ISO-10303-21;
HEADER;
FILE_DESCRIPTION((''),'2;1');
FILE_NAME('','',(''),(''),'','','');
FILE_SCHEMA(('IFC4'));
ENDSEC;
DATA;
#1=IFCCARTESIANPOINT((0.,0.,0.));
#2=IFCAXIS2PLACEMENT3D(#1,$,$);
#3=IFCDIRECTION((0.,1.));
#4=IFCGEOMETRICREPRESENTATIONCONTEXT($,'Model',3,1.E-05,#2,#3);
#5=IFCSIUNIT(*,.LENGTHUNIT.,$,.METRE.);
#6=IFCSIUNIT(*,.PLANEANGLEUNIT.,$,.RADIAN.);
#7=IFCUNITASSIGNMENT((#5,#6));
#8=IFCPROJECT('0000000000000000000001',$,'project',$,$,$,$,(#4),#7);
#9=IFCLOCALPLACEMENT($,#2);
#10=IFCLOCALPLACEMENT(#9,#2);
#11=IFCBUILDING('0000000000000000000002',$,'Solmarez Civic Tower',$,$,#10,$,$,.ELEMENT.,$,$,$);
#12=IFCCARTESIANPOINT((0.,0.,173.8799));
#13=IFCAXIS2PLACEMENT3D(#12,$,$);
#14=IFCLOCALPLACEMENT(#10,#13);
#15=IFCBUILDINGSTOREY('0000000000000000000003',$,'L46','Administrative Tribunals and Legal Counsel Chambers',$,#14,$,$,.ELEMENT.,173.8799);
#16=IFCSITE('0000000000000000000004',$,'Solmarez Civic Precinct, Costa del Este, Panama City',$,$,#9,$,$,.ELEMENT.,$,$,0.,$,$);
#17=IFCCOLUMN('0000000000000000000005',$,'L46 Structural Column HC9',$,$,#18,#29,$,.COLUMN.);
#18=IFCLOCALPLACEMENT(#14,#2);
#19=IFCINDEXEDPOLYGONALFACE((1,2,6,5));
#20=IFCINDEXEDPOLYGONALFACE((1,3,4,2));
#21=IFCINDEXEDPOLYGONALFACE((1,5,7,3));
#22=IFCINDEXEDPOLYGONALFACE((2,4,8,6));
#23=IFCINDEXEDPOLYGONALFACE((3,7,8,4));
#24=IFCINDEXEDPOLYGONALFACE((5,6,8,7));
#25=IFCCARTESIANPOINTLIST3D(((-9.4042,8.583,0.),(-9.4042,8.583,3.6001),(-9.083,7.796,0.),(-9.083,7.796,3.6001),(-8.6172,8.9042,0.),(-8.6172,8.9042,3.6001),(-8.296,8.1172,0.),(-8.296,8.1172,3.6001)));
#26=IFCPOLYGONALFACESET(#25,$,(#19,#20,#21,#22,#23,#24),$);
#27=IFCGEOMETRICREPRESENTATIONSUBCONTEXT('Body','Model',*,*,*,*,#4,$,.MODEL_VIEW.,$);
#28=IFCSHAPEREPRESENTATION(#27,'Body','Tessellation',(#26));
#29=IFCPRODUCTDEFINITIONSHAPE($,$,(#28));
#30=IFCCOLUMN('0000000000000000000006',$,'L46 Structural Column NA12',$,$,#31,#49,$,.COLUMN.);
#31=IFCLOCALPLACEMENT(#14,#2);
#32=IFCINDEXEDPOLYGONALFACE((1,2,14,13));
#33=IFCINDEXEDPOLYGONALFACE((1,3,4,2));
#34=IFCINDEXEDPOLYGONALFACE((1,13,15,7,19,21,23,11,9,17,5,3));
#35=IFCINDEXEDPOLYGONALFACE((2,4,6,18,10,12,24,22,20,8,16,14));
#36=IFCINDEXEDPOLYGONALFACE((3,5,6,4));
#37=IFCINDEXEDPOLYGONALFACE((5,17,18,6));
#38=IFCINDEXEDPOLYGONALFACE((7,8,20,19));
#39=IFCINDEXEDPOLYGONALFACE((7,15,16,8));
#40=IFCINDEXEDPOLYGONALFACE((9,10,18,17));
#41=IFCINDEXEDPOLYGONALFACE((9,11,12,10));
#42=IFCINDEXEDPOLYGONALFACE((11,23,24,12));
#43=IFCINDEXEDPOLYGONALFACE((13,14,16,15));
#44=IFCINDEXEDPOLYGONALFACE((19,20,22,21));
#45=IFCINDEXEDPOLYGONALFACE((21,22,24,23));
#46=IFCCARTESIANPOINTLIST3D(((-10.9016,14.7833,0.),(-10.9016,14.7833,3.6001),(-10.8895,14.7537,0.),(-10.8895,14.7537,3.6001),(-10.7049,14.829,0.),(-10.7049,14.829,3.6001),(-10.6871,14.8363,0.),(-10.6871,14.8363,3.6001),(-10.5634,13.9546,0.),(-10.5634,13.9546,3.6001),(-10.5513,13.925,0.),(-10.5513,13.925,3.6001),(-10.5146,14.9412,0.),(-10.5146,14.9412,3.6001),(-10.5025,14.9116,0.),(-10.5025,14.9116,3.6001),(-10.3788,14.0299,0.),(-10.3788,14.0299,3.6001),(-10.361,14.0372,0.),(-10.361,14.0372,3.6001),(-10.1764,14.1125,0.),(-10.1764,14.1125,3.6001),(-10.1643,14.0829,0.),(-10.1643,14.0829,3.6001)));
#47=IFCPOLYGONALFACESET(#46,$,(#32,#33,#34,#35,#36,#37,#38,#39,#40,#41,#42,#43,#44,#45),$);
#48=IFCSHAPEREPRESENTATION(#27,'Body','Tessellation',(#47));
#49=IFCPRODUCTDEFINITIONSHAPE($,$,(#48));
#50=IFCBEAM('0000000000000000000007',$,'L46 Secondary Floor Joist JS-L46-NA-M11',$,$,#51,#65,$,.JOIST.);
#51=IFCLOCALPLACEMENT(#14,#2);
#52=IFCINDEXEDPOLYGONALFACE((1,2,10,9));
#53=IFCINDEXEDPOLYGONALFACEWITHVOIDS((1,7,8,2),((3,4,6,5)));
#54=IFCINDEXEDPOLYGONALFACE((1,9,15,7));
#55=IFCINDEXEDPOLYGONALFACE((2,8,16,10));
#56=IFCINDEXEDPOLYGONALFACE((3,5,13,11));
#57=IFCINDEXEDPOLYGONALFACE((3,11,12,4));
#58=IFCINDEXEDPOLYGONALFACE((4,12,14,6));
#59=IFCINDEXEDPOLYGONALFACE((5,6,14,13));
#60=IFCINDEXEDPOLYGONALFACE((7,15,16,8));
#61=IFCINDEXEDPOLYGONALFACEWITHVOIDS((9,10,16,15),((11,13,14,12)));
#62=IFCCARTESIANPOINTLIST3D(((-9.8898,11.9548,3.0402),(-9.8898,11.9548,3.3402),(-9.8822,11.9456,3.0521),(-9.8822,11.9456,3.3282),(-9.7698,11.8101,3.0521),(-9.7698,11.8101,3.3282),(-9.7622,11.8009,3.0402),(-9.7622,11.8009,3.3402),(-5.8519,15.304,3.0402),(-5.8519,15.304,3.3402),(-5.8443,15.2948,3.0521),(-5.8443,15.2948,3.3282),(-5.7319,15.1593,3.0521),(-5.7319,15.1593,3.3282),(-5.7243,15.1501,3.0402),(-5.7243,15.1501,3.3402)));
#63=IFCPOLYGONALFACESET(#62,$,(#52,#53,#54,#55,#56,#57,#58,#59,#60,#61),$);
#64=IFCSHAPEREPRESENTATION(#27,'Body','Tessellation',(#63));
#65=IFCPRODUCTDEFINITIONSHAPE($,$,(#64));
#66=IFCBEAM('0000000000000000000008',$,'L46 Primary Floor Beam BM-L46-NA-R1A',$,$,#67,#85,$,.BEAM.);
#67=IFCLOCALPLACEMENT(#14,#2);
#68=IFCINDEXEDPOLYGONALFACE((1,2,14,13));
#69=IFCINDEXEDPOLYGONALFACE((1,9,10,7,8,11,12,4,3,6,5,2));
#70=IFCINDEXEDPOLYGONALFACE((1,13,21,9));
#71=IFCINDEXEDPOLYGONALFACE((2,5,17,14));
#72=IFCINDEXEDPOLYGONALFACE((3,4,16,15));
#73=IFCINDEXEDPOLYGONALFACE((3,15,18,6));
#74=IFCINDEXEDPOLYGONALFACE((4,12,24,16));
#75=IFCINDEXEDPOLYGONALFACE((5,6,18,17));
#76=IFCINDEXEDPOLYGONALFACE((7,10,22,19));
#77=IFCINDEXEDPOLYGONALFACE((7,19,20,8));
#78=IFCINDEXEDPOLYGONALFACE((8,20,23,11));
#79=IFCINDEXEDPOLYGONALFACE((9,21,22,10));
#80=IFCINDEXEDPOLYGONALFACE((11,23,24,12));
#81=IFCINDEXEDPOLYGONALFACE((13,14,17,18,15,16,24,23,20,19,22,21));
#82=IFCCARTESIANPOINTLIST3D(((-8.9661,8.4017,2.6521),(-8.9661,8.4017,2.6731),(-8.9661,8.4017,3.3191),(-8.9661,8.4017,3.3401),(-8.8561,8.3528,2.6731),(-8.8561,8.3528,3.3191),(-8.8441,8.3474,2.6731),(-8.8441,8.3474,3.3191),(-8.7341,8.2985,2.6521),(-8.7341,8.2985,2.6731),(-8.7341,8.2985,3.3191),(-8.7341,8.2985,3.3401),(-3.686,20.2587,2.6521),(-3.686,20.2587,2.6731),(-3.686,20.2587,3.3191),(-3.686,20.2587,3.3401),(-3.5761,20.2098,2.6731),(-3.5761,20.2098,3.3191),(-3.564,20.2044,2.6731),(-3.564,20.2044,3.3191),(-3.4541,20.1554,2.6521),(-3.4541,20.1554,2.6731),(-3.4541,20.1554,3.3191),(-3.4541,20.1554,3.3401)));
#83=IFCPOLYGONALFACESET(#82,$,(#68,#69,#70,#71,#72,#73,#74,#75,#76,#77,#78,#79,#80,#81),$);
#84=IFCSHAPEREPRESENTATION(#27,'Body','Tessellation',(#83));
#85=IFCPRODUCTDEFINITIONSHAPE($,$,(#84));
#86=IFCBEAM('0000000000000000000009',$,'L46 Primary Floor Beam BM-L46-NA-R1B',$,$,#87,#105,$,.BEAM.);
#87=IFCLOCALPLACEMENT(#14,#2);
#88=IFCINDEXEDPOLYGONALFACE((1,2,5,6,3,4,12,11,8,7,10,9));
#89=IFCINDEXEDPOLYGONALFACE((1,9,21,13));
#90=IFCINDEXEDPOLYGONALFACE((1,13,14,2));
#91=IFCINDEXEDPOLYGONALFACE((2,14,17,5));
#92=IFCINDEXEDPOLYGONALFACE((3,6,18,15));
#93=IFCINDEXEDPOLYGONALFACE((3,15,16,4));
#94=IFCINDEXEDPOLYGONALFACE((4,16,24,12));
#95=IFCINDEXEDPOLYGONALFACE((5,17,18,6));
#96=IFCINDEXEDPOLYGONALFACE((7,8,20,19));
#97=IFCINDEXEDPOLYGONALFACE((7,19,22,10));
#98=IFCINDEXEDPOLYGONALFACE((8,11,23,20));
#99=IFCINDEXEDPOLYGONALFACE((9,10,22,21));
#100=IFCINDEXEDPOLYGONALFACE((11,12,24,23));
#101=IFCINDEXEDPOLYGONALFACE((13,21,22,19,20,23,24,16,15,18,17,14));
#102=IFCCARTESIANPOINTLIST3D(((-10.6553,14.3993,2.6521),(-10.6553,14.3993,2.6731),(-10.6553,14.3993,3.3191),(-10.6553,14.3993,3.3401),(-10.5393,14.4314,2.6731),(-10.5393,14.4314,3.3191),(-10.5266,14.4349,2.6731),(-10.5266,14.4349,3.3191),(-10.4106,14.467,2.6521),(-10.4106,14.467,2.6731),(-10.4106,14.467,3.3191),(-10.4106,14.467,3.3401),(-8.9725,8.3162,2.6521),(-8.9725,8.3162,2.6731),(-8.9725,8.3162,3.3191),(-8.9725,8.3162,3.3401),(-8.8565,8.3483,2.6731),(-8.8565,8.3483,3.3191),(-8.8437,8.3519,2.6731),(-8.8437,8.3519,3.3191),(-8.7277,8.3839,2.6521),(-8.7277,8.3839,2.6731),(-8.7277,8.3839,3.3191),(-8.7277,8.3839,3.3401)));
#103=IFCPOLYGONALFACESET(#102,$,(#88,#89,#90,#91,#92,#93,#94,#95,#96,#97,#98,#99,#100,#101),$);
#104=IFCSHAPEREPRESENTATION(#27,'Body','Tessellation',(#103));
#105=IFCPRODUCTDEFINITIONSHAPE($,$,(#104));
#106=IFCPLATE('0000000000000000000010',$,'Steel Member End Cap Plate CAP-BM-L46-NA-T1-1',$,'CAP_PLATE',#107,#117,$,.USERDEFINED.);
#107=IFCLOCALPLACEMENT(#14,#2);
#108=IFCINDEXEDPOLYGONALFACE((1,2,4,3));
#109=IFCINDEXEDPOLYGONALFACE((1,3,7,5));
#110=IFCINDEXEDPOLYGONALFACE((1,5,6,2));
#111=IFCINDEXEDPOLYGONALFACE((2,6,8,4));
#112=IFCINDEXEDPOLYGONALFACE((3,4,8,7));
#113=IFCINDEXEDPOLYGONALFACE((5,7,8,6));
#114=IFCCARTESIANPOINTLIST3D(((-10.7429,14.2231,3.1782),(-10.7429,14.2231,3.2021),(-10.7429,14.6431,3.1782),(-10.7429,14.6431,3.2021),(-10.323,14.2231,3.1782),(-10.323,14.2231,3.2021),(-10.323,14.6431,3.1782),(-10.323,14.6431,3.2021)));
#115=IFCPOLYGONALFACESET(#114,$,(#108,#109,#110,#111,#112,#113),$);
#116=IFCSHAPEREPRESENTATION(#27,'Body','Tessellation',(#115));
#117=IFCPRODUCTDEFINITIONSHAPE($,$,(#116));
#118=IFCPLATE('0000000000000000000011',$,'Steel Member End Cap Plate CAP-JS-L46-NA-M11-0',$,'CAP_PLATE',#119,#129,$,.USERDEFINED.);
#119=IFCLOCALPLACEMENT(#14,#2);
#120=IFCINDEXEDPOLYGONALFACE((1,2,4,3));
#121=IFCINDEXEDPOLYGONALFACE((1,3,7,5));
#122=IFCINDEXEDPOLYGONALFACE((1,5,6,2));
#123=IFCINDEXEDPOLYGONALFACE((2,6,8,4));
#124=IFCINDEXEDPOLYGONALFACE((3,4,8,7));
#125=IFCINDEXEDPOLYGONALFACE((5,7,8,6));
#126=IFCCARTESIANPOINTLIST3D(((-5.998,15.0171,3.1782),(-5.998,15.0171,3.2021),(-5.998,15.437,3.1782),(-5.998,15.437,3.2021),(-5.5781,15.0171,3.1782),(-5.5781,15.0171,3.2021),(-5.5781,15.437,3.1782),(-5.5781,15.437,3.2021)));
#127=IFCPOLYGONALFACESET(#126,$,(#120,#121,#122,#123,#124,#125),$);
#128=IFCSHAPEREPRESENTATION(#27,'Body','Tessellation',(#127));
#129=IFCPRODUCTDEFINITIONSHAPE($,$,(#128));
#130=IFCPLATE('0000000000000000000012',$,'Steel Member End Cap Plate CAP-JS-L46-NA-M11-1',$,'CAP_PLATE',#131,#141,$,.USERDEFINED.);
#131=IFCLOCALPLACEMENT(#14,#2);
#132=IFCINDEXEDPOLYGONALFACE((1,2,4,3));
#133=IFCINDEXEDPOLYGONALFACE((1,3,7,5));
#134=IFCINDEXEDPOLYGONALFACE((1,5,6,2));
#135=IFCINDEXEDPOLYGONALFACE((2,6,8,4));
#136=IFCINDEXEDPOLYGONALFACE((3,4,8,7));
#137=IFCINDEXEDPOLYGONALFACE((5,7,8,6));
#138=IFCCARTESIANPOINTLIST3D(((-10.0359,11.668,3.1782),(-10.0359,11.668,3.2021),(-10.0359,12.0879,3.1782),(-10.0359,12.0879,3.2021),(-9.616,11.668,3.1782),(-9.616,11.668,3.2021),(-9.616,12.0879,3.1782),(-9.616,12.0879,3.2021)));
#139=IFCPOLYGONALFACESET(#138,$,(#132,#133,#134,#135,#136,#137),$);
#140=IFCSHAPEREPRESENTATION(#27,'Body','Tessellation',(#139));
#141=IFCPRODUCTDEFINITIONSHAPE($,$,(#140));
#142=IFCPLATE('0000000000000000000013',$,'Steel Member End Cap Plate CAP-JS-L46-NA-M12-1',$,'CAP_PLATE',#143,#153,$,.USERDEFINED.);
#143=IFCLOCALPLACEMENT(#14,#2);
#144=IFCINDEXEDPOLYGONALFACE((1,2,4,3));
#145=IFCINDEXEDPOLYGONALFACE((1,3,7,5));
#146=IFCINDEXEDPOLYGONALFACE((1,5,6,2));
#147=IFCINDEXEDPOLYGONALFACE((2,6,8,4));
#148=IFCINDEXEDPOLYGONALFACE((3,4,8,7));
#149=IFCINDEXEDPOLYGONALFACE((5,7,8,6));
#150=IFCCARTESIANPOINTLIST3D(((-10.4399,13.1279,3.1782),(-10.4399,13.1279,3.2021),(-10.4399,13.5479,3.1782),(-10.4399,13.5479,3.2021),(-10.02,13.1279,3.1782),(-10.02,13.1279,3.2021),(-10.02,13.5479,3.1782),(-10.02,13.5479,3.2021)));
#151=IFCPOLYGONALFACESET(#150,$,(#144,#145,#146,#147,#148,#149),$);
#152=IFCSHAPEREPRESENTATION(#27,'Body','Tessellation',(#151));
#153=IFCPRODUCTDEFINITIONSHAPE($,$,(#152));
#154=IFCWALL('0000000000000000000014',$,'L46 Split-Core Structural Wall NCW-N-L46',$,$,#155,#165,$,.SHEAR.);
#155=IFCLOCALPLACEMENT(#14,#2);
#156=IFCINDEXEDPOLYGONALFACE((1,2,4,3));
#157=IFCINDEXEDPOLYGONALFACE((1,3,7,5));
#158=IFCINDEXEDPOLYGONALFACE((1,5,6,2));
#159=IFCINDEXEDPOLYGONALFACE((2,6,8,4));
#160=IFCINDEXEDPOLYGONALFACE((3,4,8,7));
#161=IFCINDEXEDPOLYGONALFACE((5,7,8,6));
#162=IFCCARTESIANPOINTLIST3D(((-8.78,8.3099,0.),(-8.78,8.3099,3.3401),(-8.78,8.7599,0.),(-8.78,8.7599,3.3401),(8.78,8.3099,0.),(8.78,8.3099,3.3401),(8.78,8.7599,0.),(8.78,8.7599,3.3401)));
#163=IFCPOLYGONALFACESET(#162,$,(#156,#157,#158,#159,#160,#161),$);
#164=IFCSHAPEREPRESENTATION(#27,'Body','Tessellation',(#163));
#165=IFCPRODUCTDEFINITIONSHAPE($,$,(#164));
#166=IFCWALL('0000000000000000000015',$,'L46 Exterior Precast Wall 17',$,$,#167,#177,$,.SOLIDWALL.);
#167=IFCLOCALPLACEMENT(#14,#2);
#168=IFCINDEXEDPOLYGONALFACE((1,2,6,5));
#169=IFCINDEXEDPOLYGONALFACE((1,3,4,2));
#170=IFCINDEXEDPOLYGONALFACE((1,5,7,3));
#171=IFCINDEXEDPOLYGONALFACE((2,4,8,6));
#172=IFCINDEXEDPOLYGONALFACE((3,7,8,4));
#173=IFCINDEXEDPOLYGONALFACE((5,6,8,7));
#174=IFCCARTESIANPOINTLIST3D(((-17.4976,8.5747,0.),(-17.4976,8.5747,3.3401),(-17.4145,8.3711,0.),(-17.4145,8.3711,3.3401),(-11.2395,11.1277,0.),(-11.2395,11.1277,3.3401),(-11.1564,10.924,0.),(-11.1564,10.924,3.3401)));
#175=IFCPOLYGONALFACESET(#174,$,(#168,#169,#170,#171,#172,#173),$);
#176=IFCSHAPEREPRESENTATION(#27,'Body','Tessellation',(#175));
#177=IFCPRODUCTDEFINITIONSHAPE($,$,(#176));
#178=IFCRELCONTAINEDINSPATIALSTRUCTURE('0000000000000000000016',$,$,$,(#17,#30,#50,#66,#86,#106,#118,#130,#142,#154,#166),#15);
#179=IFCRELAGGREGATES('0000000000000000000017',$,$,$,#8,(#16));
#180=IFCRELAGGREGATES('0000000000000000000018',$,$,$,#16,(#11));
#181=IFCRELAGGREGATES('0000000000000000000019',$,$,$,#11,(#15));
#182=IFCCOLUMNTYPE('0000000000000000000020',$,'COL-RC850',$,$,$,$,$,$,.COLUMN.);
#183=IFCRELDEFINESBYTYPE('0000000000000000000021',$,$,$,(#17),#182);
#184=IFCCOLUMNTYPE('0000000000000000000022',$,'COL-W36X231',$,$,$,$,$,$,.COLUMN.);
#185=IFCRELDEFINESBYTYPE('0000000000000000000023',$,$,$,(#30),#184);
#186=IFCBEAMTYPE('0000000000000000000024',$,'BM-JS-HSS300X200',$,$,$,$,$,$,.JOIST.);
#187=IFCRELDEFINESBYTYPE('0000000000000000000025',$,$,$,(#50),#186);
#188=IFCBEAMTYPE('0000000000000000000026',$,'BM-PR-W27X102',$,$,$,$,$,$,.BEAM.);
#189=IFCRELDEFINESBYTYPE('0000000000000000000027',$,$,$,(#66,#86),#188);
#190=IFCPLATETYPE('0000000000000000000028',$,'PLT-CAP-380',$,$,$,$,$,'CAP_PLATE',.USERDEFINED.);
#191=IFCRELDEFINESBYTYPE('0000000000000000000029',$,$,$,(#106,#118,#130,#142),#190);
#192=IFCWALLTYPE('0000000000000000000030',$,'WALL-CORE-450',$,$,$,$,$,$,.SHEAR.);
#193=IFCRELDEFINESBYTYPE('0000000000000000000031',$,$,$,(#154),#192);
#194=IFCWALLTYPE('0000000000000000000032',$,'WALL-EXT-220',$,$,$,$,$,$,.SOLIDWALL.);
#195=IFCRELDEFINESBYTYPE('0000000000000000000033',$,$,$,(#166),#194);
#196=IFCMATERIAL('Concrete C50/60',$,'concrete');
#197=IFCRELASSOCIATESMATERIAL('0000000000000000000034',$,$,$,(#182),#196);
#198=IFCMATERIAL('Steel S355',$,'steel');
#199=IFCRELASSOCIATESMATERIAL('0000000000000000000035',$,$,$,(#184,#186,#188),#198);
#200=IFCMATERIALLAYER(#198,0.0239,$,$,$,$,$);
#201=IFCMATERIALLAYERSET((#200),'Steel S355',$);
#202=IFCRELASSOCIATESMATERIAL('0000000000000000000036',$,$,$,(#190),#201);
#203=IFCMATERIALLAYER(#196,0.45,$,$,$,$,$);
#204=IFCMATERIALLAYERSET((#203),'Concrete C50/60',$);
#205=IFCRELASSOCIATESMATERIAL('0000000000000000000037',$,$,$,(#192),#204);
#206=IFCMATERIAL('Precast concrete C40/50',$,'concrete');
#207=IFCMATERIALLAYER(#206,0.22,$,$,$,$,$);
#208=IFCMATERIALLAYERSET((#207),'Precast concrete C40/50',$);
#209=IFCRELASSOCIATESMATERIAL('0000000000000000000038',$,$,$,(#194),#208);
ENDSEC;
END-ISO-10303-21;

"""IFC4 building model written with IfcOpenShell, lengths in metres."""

from ifc_helpers import new_model, si_unit, direction, frame, frame_2d, origin, origin_2d, place, context, subcontext, project, spatial, rectangle, hollow_rectangle, i_section, extrude, material, layer, layer_set, material_profile, profile_set, type_object, element, save


model = new_model("IFC4")

# Units and contexts
model_context = context("Model", 3, precision=1e-05, world=origin(), true_north=direction((0.0, 1.0)))
body_context = subcontext(model_context, "Body", "Model", "MODEL_VIEW")
ifc_project = project(units=[si_unit("LENGTHUNIT", "METRE"), si_unit("PLANEANGLEUNIT", "RADIAN")], contexts=[model_context])

# Site, building, storey
site_placement = place(None, origin())
site = spatial("IfcSite", under=ifc_project, at=site_placement, Name="Solmarez Civic Precinct, Costa del Este, Panama City", CompositionType="ELEMENT", RefElevation=0.0)
building_placement = place(site_placement, origin())
building = spatial("IfcBuilding", under=site, at=building_placement, Name="Solmarez Civic Tower", CompositionType="ELEMENT")
storey_placement = place(building_placement, frame((0.0, 0.0, 173.8799)))
storey = spatial("IfcBuildingStorey", under=building, at=storey_placement, Name="L46", Description="Administrative Tribunals and Legal Counsel Chambers", CompositionType="ELEMENT", Elevation=173.8799)

# Columns
ifc_material_1 = material(Name="Concrete C50/60", Category="concrete")
ifc_material_profile_1 = material_profile(ifc_material_1, rectangle(XDim=0.8501, YDim=0.8501, at=origin_2d()), Name="RC850X850")
ifc_profile_set_1 = profile_set([ifc_material_profile_1], Name="Concrete C50/60")
column_type_1 = type_object("IfcColumnType", Name="COL-RC850", PredefinedType="COLUMN", material=ifc_profile_set_1)
column_1_placement = place(storey_placement, frame((-8.8501, 8.3501, 0.0), z_axis=(0.0, 0.0, 1.0), x_axis=(0.925871, 0.377841, 0.0)))
element("IfcColumn", 1, at=column_1_placement, inside=storey, type_object=column_type_1, Name="L46 Structural Column HC9", PredefinedType="COLUMN", context=body_context, shape_type="SweptSolid", body=[
    extrude(rectangle(XDim=0.8501, YDim=0.8501, at=origin_2d()), origin(), (0.0, 0.0, 1.0), 3.6001),
])
ifc_material_2 = material(Name="Steel S355", Category="steel")
ifc_material_profile_2 = material_profile(ifc_material_2, i_section(OverallWidth=0.418, OverallDepth=0.927, WebThickness=0.0193, FlangeThickness=0.032, at=origin_2d()), Name="W36X231")
ifc_profile_set_2 = profile_set([ifc_material_profile_2], Name="Steel S355")
column_type_2 = type_object("IfcColumnType", Name="COL-W36X231", PredefinedType="COLUMN", material=ifc_profile_set_2)
column_2_placement = place(storey_placement, frame((-10.533, 14.4331, 0.0), z_axis=(0.0, 0.0, 1.0), x_axis=(0.925871, 0.377841, 0.0)))
element("IfcColumn", 2, at=column_2_placement, inside=storey, type_object=column_type_2, Name="L46 Structural Column NA12", PredefinedType="COLUMN", context=body_context, shape_type="SweptSolid", body=[
    extrude(i_section(OverallWidth=0.418, OverallDepth=0.927, WebThickness=0.0193, FlangeThickness=0.032, at=origin_2d()), origin(), (0.0, 0.0, 1.0), 3.6001),
])

# Beams
ifc_material_profile_3 = material_profile(ifc_material_2, hollow_rectangle(XDim=0.2, YDim=0.3, WallThickness=0.012, at=origin_2d()), Name="HSS300X200X12")
ifc_profile_set_3 = profile_set([ifc_material_profile_3], Name="Steel S355")
beam_type_1 = type_object("IfcBeamType", Name="BM-JS-HSS300X200", PredefinedType="JOIST", material=ifc_profile_set_3)
beam_1_placement = place(storey_placement, frame((-5.7881, 15.2271, 3.1902), z_axis=(-0.769695, -0.638411, 0.0), x_axis=(0.638411, -0.769695, 0.0)))
element("IfcBeam", 3, at=beam_1_placement, inside=storey, type_object=beam_type_1, Name="L46 Secondary Floor Joist JS-L46-NA-M11", PredefinedType="JOIST", context=body_context, shape_type="SweptSolid", body=[
    extrude(hollow_rectangle(XDim=0.2, YDim=0.3, WallThickness=0.012, at=origin_2d()), origin(), (0.0, 0.0, 1.0), 5.2461),
])
ifc_material_profile_4 = material_profile(ifc_material_2, i_section(OverallWidth=0.2539, OverallDepth=0.688, WebThickness=0.0132, FlangeThickness=0.021, at=origin_2d()), Name="W27X102")
ifc_profile_set_4 = profile_set([ifc_material_profile_4], Name="Steel S355")
beam_type_2 = type_object("IfcBeamType", Name="BM-PR-W27X102", PredefinedType="BEAM", material=ifc_profile_set_4)
beam_2_placement = place(storey_placement, frame((-8.8501, 8.3501, 2.9961), z_axis=(0.4068, 0.913517, 0.0), x_axis=(-0.913517, 0.4068, 0.0)))
element("IfcBeam", 4, at=beam_2_placement, inside=storey, type_object=beam_type_2, Name="L46 Primary Floor Beam BM-L46-NA-R1A", PredefinedType="BEAM", context=body_context, shape_type="SweptSolid", body=[
    extrude(i_section(OverallWidth=0.2539, OverallDepth=0.688, WebThickness=0.0132, FlangeThickness=0.021, at=origin_2d()), origin(), (0.0, 0.0, 1.0), 12.9795),
])
beam_3_placement = place(storey_placement, frame((-8.8501, 8.3501, 2.9961), z_axis=(-0.266634, 0.963798, 0.0), x_axis=(-0.963798, -0.266634, 0.0)))
element("IfcBeam", 5, at=beam_3_placement, inside=storey, type_object=beam_type_2, Name="L46 Primary Floor Beam BM-L46-NA-R1B", PredefinedType="BEAM", context=body_context, shape_type="SweptSolid", body=[
    extrude(i_section(OverallWidth=0.2539, OverallDepth=0.688, WebThickness=0.0132, FlangeThickness=0.021, at=origin_2d()), origin(), (0.0, 0.0, 1.0), 6.3115),
])

# Plates
ifc_layer_1 = layer(ifc_material_2, 0.0239)
ifc_layer_set_1 = layer_set([ifc_layer_1], Name="Steel S355")
plate_type = type_object("IfcPlateType", Name="PLT-CAP-380", ElementType="CAP_PLATE", PredefinedType="USERDEFINED", material=ifc_layer_set_1)
for number, where, z_axis, x_axis, name in (
    (6, (-10.533, 14.4331, 3.1782), (0.0, 0.0, 1.0), (1.0, 0.0, 0.0), "Steel Member End Cap Plate CAP-BM-L46-NA-T1-1"),
    (7, (-5.7881, 15.2271, 3.1782), (0.0, 0.0, 1.0), (1.0, 0.0, 0.0), "Steel Member End Cap Plate CAP-JS-L46-NA-M11-0"),
    (8, (-9.8259, 11.8779, 3.1782), (0.0, 0.0, 1.0), (1.0, 0.0, 0.0), "Steel Member End Cap Plate CAP-JS-L46-NA-M11-1"),
    (9, (-10.23, 13.3379, 3.1782), (0.0, 0.0, 1.0), (1.0, 0.0, 0.0), "Steel Member End Cap Plate CAP-JS-L46-NA-M12-1"),
):
    element("IfcPlate", number, at=place(storey_placement, frame(where, z_axis=z_axis, x_axis=x_axis)), inside=storey, type_object=plate_type, Name=name, ObjectType="CAP_PLATE", PredefinedType="USERDEFINED", context=body_context, shape_type="SweptSolid", body=[
        extrude(rectangle(XDim=0.4199, YDim=0.4199, at=origin_2d()), origin(), (0.0, 0.0, 1.0), 0.0239),
    ])

# Walls
ifc_layer_2 = layer(ifc_material_1, 0.45)
ifc_layer_set_2 = layer_set([ifc_layer_2], Name="Concrete C50/60")
wall_type_1 = type_object("IfcWallType", Name="WALL-CORE-450", PredefinedType="SHEAR", material=ifc_layer_set_2)
wall_1_placement = place(storey_placement, frame((-8.78, 8.5349, 0.0), z_axis=(0.0, 0.0, 1.0), x_axis=(1.0, 0.0, 0.0)))
element("IfcWall", 10, at=wall_1_placement, inside=storey, type_object=wall_type_1, Name="L46 Split-Core Structural Wall NCW-N-L46", PredefinedType="SHEAR", context=body_context, shape_type="SweptSolid", body=[
    extrude(rectangle(XDim=17.5601, YDim=0.45, at=frame_2d((8.78, 0.0))), origin(), (0.0, 0.0, 1.0), 3.3401),
])
ifc_material_3 = material(Name="Precast concrete C40/50", Category="concrete")
ifc_layer_3 = layer(ifc_material_3, 0.22)
ifc_layer_set_3 = layer_set([ifc_layer_3], Name="Precast concrete C40/50")
wall_type_2 = type_object("IfcWallType", Name="WALL-EXT-220", PredefinedType="SOLIDWALL", material=ifc_layer_set_3)
wall_2_placement = place(storey_placement, frame((-17.4561, 8.4729, 0.0), z_axis=(0.0, 0.0, 1.0), x_axis=(0.925916, 0.377728, 0.0)))
element("IfcWall", 11, at=wall_2_placement, inside=storey, type_object=wall_type_2, Name="L46 Exterior Precast Wall 17", PredefinedType="SOLIDWALL", context=body_context, shape_type="SweptSolid", body=[
    extrude(rectangle(XDim=6.7588, YDim=0.22, at=frame_2d((3.3794, 0.0))), origin(), (0.0, 0.0, 1.0), 3.3401),
])

save(model, "model.ifc")
